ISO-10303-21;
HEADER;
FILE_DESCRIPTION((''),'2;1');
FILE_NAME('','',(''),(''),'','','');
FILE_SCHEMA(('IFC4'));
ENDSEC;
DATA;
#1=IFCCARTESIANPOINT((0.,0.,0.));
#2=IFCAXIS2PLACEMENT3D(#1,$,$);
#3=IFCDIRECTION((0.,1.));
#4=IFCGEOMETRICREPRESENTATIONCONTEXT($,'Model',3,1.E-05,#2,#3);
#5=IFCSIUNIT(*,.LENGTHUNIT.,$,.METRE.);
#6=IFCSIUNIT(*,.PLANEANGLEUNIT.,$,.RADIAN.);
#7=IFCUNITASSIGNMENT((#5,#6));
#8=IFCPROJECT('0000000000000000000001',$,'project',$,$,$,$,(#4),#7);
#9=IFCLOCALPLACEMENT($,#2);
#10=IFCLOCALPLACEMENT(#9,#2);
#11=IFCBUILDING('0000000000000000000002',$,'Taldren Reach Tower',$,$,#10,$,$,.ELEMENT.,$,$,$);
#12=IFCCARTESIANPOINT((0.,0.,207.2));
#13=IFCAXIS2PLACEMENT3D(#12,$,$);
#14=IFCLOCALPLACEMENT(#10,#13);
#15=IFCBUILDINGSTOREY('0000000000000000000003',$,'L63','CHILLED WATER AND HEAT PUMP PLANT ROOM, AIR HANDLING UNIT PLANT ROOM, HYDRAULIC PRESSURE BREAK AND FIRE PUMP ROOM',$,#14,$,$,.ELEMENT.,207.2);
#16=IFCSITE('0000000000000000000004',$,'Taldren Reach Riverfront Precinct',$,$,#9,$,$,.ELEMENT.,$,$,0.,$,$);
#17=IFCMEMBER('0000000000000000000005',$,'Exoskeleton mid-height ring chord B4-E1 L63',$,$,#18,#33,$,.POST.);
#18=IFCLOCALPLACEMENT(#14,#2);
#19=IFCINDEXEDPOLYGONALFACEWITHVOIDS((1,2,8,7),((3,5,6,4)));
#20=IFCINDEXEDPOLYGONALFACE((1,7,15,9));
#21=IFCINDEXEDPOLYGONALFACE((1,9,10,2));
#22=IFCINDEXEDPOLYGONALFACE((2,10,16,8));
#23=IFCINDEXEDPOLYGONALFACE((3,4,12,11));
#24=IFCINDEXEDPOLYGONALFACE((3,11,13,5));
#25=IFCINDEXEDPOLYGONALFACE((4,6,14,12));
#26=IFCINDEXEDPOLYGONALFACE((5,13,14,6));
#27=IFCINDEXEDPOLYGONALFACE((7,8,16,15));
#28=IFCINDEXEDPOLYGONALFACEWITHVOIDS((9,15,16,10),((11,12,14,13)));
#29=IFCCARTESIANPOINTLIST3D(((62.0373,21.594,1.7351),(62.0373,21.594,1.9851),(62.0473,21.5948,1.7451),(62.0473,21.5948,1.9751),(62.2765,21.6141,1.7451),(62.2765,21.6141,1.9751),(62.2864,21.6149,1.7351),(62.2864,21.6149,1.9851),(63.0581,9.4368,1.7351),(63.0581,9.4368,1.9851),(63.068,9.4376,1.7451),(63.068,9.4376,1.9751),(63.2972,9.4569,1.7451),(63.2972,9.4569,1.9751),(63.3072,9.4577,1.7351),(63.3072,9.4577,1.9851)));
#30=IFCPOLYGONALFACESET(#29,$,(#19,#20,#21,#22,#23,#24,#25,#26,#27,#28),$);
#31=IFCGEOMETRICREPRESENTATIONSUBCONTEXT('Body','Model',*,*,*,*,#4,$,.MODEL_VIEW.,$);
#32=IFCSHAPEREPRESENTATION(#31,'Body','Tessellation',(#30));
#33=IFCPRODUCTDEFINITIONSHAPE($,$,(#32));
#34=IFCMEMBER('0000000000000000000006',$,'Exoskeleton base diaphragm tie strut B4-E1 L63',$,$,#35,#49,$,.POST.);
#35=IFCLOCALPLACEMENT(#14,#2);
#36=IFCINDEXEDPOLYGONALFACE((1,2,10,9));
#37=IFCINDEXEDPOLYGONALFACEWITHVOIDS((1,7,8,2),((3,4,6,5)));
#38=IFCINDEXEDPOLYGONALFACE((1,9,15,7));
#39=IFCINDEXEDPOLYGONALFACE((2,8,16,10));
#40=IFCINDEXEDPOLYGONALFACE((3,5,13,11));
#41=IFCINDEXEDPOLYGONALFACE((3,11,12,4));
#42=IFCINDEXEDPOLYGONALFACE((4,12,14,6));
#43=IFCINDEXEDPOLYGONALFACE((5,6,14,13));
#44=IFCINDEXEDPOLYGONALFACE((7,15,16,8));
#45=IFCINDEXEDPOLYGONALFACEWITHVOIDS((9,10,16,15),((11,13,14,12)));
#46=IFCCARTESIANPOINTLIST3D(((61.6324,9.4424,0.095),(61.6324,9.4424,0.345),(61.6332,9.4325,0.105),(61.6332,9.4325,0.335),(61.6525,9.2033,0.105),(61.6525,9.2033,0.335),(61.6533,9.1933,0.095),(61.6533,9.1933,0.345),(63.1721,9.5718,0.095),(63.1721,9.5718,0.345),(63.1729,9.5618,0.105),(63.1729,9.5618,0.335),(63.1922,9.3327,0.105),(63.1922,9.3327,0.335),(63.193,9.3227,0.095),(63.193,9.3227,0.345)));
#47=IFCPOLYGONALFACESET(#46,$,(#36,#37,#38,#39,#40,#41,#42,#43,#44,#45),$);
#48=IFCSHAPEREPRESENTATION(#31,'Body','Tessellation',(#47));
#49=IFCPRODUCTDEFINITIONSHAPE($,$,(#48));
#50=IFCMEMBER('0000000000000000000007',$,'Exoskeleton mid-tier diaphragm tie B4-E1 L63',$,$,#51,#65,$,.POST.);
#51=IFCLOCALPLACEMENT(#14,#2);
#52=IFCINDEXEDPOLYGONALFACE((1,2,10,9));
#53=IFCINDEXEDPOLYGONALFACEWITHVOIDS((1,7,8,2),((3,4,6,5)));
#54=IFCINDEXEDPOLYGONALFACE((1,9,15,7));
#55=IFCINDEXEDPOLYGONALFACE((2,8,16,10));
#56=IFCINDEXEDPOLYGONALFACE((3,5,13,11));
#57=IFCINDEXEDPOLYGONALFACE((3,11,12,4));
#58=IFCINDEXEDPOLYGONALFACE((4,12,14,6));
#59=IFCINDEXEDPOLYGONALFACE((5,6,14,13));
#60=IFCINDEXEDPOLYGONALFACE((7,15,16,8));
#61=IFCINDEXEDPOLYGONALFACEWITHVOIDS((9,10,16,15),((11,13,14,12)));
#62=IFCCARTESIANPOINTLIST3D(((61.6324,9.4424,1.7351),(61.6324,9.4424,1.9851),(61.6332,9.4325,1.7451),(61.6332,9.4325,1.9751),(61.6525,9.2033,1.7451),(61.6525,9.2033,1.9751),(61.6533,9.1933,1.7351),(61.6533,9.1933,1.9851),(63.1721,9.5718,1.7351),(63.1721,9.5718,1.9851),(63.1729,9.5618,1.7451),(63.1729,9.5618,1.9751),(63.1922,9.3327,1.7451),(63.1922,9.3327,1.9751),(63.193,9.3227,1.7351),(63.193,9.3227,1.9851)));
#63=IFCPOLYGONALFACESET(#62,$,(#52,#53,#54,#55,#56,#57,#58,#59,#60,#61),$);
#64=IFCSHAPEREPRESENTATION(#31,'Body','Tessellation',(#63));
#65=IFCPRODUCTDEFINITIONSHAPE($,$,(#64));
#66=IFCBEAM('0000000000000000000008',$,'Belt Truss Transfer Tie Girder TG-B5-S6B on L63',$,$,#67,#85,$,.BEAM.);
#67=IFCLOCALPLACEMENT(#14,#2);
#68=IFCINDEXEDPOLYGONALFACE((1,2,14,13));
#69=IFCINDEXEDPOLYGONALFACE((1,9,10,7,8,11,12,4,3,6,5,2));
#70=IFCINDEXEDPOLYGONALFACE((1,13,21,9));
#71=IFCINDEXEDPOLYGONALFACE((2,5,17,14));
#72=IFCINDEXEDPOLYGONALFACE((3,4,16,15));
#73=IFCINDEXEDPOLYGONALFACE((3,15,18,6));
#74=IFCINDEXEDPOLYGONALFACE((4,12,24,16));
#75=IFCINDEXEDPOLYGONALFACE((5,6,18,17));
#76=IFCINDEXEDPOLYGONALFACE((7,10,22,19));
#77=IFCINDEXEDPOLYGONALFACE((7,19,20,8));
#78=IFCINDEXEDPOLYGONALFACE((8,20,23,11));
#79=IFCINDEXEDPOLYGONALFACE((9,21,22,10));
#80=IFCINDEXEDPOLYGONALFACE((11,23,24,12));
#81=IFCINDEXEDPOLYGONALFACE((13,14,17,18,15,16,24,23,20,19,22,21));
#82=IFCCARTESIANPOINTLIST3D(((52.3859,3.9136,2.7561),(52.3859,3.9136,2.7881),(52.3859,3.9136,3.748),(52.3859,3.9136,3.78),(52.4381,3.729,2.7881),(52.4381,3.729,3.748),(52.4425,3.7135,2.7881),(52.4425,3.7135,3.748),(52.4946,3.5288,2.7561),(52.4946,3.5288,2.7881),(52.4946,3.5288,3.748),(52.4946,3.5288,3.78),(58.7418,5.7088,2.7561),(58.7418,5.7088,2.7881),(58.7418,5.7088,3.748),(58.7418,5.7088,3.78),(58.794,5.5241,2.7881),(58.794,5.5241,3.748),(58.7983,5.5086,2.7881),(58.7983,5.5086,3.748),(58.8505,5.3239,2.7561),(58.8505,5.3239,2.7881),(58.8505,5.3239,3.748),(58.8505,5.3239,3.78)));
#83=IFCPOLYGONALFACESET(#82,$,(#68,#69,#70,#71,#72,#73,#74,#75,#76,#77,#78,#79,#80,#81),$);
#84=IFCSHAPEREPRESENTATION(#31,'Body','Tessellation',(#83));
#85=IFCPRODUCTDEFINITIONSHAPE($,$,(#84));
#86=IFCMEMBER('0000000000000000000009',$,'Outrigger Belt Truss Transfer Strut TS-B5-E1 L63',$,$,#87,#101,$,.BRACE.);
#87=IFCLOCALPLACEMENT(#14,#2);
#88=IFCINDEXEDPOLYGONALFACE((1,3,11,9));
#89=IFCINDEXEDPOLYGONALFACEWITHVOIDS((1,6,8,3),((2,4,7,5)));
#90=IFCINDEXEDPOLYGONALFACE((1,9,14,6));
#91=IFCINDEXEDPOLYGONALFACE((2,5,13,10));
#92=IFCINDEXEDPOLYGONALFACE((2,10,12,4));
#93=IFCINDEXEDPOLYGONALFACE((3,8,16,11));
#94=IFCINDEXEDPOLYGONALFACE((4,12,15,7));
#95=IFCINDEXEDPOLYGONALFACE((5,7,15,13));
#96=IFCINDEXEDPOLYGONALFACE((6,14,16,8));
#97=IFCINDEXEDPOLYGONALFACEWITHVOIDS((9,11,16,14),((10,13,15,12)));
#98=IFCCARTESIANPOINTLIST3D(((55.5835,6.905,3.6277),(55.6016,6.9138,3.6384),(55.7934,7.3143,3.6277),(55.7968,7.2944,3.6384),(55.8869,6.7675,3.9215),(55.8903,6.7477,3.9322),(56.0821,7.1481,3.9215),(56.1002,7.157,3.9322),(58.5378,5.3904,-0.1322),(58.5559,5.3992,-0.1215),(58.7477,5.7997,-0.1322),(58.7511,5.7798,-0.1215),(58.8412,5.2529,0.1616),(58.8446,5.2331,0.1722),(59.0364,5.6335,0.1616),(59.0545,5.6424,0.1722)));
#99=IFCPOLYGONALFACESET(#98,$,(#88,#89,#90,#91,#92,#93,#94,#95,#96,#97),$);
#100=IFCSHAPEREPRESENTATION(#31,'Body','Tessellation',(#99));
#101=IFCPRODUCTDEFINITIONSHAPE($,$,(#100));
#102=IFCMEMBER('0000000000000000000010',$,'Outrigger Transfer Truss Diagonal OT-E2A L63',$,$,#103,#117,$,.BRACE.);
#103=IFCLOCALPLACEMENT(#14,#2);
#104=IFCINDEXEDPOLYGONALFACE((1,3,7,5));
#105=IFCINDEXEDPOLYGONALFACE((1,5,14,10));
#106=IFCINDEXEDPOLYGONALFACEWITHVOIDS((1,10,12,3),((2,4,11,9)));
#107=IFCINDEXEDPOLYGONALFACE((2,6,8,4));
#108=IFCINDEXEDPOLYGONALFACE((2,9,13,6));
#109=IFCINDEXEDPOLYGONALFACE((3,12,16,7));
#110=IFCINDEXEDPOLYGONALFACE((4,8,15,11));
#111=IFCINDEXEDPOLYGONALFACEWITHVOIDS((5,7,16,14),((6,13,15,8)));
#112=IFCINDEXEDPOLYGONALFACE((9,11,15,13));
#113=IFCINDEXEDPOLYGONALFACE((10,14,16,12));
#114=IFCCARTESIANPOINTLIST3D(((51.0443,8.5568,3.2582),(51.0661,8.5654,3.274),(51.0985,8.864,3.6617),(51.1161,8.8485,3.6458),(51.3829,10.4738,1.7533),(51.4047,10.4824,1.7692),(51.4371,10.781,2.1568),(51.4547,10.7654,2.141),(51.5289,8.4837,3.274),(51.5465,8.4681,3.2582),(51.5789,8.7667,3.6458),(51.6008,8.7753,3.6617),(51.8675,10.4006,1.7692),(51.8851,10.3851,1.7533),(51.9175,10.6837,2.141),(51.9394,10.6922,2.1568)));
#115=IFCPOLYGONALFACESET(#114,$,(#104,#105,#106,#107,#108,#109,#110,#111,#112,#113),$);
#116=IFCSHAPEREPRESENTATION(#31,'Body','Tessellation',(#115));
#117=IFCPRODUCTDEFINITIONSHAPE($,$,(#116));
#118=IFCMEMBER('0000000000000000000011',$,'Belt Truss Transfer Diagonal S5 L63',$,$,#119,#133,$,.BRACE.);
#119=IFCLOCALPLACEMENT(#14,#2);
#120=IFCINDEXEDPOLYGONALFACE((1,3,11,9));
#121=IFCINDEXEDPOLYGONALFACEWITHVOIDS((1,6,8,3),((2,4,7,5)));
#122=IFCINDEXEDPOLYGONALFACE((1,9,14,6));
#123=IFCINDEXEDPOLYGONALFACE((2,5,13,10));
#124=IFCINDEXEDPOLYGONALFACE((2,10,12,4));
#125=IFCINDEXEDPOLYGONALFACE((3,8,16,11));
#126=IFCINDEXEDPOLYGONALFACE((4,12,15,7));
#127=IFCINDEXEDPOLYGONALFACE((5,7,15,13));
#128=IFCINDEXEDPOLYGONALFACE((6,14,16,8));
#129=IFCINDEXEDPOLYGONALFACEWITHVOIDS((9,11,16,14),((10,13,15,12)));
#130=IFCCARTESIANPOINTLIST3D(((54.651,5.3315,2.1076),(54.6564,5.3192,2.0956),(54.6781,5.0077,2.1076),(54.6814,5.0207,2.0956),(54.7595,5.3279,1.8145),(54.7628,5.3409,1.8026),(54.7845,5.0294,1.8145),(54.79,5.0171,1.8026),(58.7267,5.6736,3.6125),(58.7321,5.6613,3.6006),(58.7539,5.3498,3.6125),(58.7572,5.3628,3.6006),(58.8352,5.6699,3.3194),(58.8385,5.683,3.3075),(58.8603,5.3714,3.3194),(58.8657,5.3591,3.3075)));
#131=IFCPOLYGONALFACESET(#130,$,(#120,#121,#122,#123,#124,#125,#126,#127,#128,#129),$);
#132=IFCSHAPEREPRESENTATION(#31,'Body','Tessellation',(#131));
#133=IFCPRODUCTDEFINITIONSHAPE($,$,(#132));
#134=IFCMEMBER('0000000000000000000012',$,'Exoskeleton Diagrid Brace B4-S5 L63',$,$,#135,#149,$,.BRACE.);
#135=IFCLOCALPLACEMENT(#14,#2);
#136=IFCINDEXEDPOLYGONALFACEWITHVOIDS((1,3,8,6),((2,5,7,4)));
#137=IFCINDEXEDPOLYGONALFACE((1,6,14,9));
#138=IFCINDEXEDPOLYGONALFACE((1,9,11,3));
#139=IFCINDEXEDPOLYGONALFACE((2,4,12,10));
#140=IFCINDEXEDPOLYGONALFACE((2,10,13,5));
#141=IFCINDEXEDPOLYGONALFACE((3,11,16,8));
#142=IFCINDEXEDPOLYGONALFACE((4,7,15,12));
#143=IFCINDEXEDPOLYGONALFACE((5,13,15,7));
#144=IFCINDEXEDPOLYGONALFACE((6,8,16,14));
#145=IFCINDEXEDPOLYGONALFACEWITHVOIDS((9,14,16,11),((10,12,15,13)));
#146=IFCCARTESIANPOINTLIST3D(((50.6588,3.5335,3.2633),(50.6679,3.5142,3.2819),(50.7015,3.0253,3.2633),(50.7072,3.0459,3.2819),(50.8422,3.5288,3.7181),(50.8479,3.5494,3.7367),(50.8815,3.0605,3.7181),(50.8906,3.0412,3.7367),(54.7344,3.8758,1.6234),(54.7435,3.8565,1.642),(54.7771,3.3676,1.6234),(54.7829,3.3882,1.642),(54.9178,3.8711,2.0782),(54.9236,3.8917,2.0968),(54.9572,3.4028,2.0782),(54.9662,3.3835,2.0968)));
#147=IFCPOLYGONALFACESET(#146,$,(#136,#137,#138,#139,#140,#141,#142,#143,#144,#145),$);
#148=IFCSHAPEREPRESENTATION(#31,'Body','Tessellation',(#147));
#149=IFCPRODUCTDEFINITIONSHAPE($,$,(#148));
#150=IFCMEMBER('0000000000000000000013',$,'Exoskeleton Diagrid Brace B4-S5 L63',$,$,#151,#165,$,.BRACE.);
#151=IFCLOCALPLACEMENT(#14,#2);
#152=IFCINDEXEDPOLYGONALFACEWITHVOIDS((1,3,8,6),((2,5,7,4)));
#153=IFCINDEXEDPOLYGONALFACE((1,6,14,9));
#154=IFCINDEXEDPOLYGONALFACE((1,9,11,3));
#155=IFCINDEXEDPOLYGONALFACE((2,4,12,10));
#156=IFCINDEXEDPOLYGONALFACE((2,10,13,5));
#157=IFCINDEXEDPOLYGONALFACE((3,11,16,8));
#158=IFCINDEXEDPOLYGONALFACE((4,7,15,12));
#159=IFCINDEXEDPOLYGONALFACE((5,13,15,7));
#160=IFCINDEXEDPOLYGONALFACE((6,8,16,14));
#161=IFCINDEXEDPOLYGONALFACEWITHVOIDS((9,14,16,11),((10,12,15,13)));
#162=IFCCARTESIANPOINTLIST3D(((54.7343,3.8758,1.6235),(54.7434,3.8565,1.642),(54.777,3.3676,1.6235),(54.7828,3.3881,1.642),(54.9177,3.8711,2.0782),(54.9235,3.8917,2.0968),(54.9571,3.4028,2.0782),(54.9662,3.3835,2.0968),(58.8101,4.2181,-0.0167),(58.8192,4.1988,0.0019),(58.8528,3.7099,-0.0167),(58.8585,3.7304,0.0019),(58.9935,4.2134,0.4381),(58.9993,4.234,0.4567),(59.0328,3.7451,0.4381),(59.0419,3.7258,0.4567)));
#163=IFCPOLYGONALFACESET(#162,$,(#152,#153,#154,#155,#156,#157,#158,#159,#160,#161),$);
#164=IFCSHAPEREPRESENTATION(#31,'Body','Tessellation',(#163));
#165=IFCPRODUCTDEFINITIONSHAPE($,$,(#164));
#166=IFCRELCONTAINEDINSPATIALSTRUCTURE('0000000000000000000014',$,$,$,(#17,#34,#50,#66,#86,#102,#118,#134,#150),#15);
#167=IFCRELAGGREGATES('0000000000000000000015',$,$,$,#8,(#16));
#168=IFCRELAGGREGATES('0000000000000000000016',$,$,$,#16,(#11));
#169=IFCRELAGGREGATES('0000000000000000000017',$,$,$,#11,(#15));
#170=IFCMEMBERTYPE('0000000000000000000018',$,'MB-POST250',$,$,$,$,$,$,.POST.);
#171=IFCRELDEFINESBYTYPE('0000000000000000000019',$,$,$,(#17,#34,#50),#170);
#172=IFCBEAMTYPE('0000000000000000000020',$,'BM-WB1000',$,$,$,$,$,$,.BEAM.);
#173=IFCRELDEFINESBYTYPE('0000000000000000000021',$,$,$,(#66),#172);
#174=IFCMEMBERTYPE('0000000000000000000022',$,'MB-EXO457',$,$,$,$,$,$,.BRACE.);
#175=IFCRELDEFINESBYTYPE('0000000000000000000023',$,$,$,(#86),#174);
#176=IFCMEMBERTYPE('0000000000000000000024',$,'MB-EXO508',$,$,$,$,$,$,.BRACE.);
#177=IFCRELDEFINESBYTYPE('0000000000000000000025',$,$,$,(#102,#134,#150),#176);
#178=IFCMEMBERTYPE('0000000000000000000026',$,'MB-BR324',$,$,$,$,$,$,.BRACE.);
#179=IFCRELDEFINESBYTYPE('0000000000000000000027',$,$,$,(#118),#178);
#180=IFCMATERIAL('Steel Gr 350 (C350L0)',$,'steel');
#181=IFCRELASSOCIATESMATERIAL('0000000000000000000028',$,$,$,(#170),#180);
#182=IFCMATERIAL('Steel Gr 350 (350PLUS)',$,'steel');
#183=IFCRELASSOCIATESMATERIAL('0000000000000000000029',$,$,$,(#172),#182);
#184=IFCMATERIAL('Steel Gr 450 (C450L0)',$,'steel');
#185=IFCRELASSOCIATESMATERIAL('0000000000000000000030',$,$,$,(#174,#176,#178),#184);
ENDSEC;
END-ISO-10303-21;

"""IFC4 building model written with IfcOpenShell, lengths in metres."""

from ifc_helpers import new_model, si_unit, direction, frame, origin, origin_2d, place, context, subcontext, project, spatial, hollow_rectangle, i_section, extrude, source, transform, mapped, material, material_profile, profile_set, type_object, element, save


model = new_model("IFC4")

# Units and contexts
model_context = context("Model", 3, precision=1e-05, world=origin(), true_north=direction((0.0, 1.0)))
body_context = subcontext(model_context, "Body", "Model", "MODEL_VIEW")
ifc_project = project(units=[si_unit("LENGTHUNIT", "METRE"), si_unit("PLANEANGLEUNIT", "RADIAN")], contexts=[model_context])

# Site, building, storey
site_placement = place(None, origin())
site = spatial("IfcSite", under=ifc_project, at=site_placement, Name="Taldren Reach Riverfront Precinct", CompositionType="ELEMENT", RefElevation=0.0)
building_placement = place(site_placement, origin())
building = spatial("IfcBuilding", under=site, at=building_placement, Name="Taldren Reach Tower", CompositionType="ELEMENT")
storey_placement = place(building_placement, frame((0.0, 0.0, 207.2)))
storey = spatial("IfcBuildingStorey", under=building, at=storey_placement, Name="L63", Description="CHILLED WATER AND HEAT PUMP PLANT ROOM, AIR HANDLING UNIT PLANT ROOM, HYDRAULIC PRESSURE BREAK AND FIRE PUMP ROOM", CompositionType="ELEMENT", Elevation=207.2)

# Shared definitions
ifc_material_1 = material(Name="Steel Gr 350 (C350L0)", Category="steel")
ifc_material_2 = material(Name="Steel Gr 350 (350PLUS)", Category="steel")

# Shared definitions
ifc_material_profile_1 = material_profile(ifc_material_1, hollow_rectangle(XDim=0.25, YDim=0.25, WallThickness=0.01, at=origin_2d()), Name="250x250x10.0SHS")
ifc_profile_set_1 = profile_set([ifc_material_profile_1], Name="Steel Gr 350 (C350L0)")
member_type_1 = type_object("IfcMemberType", Name="MB-POST250", PredefinedType="POST", material=ifc_profile_set_1)

# Members
ifc_material_3 = material(Name="Steel Gr 450 (C450L0)", Category="steel")
shared_shape_1 = source(origin(), body_context, "Body", "SweptSolid", [
    extrude(hollow_rectangle(XDim=0.25, YDim=0.25, WallThickness=0.01, at=origin_2d()), origin(), (0.0, 0.0, 1.0), 12.2),
])
member_1_placement = place(storey_placement, frame((63.1826, 9.4473, 1.8601), z_axis=(-0.083668, 0.996494, 0.0), x_axis=(-0.996494, -0.083668, 0.0)))
element("IfcMember", 1, at=member_1_placement, inside=storey, type_object=member_type_1, Name="Exoskeleton mid-height ring chord B4-E1 L63", PredefinedType="POST", context=body_context, shape_type="MappedRepresentation", body=[
    mapped(shared_shape_1, transform((0.0, 0.0, 0.0), scale=1.0)),
])
shared_shape_2 = source(origin(), body_context, "Body", "SweptSolid", [
    extrude(hollow_rectangle(XDim=0.25, YDim=0.25, WallThickness=0.01, at=origin_2d()), origin(), (0.0, 0.0, 1.0), 1.5452),
])
for number, where, z_axis, x_axis, name in (
    (2, (61.6428, 9.3179, 0.22), (0.996488, 0.083738, 0.0), (-0.083738, 0.996488, 0.0), "Exoskeleton base diaphragm tie strut B4-E1 L63"),
    (3, (61.6428, 9.3179, 1.8601), (0.996488, 0.083738, 0.0), (-0.083738, 0.996488, 0.0), "Exoskeleton mid-tier diaphragm tie B4-E1 L63"),
):
    element("IfcMember", number, at=place(storey_placement, frame(where, z_axis=z_axis, x_axis=x_axis)), inside=storey, type_object=member_type_1, Name=name, PredefinedType="POST", context=body_context, shape_type="MappedRepresentation", body=[
        mapped(shared_shape_2, transform((0.0, 0.0, 0.0), scale=1.0)),
    ])

# Beam
ifc_material_profile_2 = material_profile(ifc_material_2, i_section(OverallWidth=0.3999, OverallDepth=1.0239, WebThickness=0.0161, FlangeThickness=0.032, at=origin_2d()), Name="1000WB322")
ifc_profile_set_2 = profile_set([ifc_material_profile_2], Name="Steel Gr 350 (350PLUS)")
beam_type_1 = type_object("IfcBeamType", Name="BM-WB1000", PredefinedType="BEAM", material=ifc_profile_set_2)
shared_shape_3 = source(origin(), body_context, "Body", "SweptSolid", [
    extrude(i_section(OverallWidth=0.3999, OverallDepth=1.0239, WebThickness=0.0161, FlangeThickness=0.032, at=origin_2d()), origin(), (0.0, 0.0, 1.0), 6.6045),
])
beam_1_placement = place(storey_placement, frame((58.7961, 5.5164, 3.2681), z_axis=(-0.962352, -0.271805, 0.0), x_axis=(0.271805, -0.962352, 0.0)))
element("IfcBeam", 4, at=beam_1_placement, inside=storey, type_object=beam_type_1, Name="Belt Truss Transfer Tie Girder TG-B5-S6B on L63", PredefinedType="BEAM", context=body_context, shape_type="MappedRepresentation", body=[
    mapped(shared_shape_3, transform((0.0, 0.0, 0.0), scale=1.0)),
])

# Members
ifc_material_profile_3 = material_profile(ifc_material_3, hollow_rectangle(XDim=0.46, YDim=0.46, WallThickness=0.0161, at=origin_2d()), Name="460x460x16.0SHS")
ifc_profile_set_3 = profile_set([ifc_material_profile_3], Name="Steel Gr 450 (C450L0)")
member_type_2 = type_object("IfcMemberType", Name="MB-EXO457", PredefinedType="BRACE", material=ifc_profile_set_3)
shared_shape_4 = source(origin(), body_context, "Body", "SweptSolid", [
    extrude(hollow_rectangle(XDim=0.46, YDim=0.46, WallThickness=0.0161, at=origin_2d()), origin(), (0.0, 0.0, 1.0), 5.0159),
])
member_2_placement = place(storey_placement, frame((58.7961, 5.5164, 0.02), z_axis=(-0.588987, 0.301965, 0.749607), x_axis=(-0.456221, -0.889866, 0.0)))
element("IfcMember", 5, at=member_2_placement, inside=storey, type_object=member_type_2, Name="Outrigger Belt Truss Transfer Strut TS-B5-E1 L63", PredefinedType="BRACE", context=body_context, shape_type="MappedRepresentation", body=[
    mapped(shared_shape_4, transform((0.0, 0.0, 0.0), scale=1.0)),
])
ifc_material_profile_4 = material_profile(ifc_material_3, hollow_rectangle(XDim=0.51, YDim=0.51, WallThickness=0.02, at=origin_2d()), Name="510x510x20.0SHS")
ifc_profile_set_4 = profile_set([ifc_material_profile_4], Name="Steel Gr 450 (C450L0)")
member_type_3 = type_object("IfcMemberType", Name="MB-EXO508", PredefinedType="BRACE", material=ifc_profile_set_4)
shared_shape_5 = source(origin(), body_context, "Body", "SweptSolid", [
    extrude(hollow_rectangle(XDim=0.51, YDim=0.51, WallThickness=0.02, at=origin_2d()), origin(), (0.0, 0.0, 1.0), 2.4604),
])
member_3_placement = place(storey_placement, frame((51.6611, 10.583, 1.9551), z_axis=(-0.137622, -0.779098, 0.61161), x_axis=(0.984755, -0.17395, 0.0)))
element("IfcMember", 6, at=member_3_placement, inside=storey, type_object=member_type_3, Name="Outrigger Transfer Truss Diagonal OT-E2A L63", PredefinedType="BRACE", context=body_context, shape_type="MappedRepresentation", body=[
    mapped(shared_shape_5, transform((0.0, 0.0, 0.0), scale=1.0)),
])
ifc_material_profile_5 = material_profile(ifc_material_3, hollow_rectangle(XDim=0.325, YDim=0.325, WallThickness=0.0127, at=origin_2d()), Name="325x325x12.7SHS")
ifc_profile_set_5 = profile_set([ifc_material_profile_5], Name="Steel Gr 450 (C450L0)")
member_type_4 = type_object("IfcMemberType", Name="MB-BR324", PredefinedType="BRACE", material=ifc_profile_set_5)
shared_shape_6 = source(origin(), body_context, "Body", "SweptSolid", [
    extrude(hollow_rectangle(XDim=0.325, YDim=0.325, WallThickness=0.0127, at=origin_2d()), origin(), (0.0, 0.0, 1.0), 4.3582),
])
member_4_placement = place(storey_placement, frame((54.7205, 5.1743, 1.9551), z_axis=(0.935202, 0.078484, 0.345309), x_axis=(-0.083628, 0.996497, 0.0)))
element("IfcMember", 7, at=member_4_placement, inside=storey, type_object=member_type_4, Name="Belt Truss Transfer Diagonal S5 L63", PredefinedType="BRACE", context=body_context, shape_type="MappedRepresentation", body=[
    mapped(shared_shape_6, transform((0.0, 0.0, 0.0), scale=1.0)),
])
shared_shape_7 = source(origin(), body_context, "Body", "SweptSolid", [
    extrude(hollow_rectangle(XDim=0.51, YDim=0.51, WallThickness=0.02, at=origin_2d()), origin(), (0.0, 0.0, 1.0), 4.4065),
])
member_5_placement = place(storey_placement, frame((54.8503, 3.6296, 1.8601), z_axis=(-0.924917, -0.077677, 0.37215), x_axis=(0.083688, -0.996492, 0.0)))
element("IfcMember", 8, at=member_5_placement, inside=storey, type_object=member_type_3, Name="Exoskeleton Diagrid Brace B4-S5 L63", PredefinedType="BRACE", context=body_context, shape_type="MappedRepresentation", body=[
    mapped(shared_shape_7, transform((0.0, 0.0, 0.0), scale=1.0)),
])
shared_shape_8 = source(origin(), body_context, "Body", "SweptSolid", [
    extrude(hollow_rectangle(XDim=0.51, YDim=0.51, WallThickness=0.02, at=origin_2d()), origin(), (0.0, 0.0, 1.0), 4.4067),
])
member_6_placement = place(storey_placement, frame((58.926, 3.9719, 0.22), z_axis=(-0.924898, -0.077675, 0.372197), x_axis=(0.083688, -0.996492, 0.0)))
element("IfcMember", 9, at=member_6_placement, inside=storey, type_object=member_type_3, Name="Exoskeleton Diagrid Brace B4-S5 L63", PredefinedType="BRACE", context=body_context, shape_type="MappedRepresentation", body=[
    mapped(shared_shape_8, transform((0.0, 0.0, 0.0), scale=1.0)),
])

save(model, "model.ifc")
